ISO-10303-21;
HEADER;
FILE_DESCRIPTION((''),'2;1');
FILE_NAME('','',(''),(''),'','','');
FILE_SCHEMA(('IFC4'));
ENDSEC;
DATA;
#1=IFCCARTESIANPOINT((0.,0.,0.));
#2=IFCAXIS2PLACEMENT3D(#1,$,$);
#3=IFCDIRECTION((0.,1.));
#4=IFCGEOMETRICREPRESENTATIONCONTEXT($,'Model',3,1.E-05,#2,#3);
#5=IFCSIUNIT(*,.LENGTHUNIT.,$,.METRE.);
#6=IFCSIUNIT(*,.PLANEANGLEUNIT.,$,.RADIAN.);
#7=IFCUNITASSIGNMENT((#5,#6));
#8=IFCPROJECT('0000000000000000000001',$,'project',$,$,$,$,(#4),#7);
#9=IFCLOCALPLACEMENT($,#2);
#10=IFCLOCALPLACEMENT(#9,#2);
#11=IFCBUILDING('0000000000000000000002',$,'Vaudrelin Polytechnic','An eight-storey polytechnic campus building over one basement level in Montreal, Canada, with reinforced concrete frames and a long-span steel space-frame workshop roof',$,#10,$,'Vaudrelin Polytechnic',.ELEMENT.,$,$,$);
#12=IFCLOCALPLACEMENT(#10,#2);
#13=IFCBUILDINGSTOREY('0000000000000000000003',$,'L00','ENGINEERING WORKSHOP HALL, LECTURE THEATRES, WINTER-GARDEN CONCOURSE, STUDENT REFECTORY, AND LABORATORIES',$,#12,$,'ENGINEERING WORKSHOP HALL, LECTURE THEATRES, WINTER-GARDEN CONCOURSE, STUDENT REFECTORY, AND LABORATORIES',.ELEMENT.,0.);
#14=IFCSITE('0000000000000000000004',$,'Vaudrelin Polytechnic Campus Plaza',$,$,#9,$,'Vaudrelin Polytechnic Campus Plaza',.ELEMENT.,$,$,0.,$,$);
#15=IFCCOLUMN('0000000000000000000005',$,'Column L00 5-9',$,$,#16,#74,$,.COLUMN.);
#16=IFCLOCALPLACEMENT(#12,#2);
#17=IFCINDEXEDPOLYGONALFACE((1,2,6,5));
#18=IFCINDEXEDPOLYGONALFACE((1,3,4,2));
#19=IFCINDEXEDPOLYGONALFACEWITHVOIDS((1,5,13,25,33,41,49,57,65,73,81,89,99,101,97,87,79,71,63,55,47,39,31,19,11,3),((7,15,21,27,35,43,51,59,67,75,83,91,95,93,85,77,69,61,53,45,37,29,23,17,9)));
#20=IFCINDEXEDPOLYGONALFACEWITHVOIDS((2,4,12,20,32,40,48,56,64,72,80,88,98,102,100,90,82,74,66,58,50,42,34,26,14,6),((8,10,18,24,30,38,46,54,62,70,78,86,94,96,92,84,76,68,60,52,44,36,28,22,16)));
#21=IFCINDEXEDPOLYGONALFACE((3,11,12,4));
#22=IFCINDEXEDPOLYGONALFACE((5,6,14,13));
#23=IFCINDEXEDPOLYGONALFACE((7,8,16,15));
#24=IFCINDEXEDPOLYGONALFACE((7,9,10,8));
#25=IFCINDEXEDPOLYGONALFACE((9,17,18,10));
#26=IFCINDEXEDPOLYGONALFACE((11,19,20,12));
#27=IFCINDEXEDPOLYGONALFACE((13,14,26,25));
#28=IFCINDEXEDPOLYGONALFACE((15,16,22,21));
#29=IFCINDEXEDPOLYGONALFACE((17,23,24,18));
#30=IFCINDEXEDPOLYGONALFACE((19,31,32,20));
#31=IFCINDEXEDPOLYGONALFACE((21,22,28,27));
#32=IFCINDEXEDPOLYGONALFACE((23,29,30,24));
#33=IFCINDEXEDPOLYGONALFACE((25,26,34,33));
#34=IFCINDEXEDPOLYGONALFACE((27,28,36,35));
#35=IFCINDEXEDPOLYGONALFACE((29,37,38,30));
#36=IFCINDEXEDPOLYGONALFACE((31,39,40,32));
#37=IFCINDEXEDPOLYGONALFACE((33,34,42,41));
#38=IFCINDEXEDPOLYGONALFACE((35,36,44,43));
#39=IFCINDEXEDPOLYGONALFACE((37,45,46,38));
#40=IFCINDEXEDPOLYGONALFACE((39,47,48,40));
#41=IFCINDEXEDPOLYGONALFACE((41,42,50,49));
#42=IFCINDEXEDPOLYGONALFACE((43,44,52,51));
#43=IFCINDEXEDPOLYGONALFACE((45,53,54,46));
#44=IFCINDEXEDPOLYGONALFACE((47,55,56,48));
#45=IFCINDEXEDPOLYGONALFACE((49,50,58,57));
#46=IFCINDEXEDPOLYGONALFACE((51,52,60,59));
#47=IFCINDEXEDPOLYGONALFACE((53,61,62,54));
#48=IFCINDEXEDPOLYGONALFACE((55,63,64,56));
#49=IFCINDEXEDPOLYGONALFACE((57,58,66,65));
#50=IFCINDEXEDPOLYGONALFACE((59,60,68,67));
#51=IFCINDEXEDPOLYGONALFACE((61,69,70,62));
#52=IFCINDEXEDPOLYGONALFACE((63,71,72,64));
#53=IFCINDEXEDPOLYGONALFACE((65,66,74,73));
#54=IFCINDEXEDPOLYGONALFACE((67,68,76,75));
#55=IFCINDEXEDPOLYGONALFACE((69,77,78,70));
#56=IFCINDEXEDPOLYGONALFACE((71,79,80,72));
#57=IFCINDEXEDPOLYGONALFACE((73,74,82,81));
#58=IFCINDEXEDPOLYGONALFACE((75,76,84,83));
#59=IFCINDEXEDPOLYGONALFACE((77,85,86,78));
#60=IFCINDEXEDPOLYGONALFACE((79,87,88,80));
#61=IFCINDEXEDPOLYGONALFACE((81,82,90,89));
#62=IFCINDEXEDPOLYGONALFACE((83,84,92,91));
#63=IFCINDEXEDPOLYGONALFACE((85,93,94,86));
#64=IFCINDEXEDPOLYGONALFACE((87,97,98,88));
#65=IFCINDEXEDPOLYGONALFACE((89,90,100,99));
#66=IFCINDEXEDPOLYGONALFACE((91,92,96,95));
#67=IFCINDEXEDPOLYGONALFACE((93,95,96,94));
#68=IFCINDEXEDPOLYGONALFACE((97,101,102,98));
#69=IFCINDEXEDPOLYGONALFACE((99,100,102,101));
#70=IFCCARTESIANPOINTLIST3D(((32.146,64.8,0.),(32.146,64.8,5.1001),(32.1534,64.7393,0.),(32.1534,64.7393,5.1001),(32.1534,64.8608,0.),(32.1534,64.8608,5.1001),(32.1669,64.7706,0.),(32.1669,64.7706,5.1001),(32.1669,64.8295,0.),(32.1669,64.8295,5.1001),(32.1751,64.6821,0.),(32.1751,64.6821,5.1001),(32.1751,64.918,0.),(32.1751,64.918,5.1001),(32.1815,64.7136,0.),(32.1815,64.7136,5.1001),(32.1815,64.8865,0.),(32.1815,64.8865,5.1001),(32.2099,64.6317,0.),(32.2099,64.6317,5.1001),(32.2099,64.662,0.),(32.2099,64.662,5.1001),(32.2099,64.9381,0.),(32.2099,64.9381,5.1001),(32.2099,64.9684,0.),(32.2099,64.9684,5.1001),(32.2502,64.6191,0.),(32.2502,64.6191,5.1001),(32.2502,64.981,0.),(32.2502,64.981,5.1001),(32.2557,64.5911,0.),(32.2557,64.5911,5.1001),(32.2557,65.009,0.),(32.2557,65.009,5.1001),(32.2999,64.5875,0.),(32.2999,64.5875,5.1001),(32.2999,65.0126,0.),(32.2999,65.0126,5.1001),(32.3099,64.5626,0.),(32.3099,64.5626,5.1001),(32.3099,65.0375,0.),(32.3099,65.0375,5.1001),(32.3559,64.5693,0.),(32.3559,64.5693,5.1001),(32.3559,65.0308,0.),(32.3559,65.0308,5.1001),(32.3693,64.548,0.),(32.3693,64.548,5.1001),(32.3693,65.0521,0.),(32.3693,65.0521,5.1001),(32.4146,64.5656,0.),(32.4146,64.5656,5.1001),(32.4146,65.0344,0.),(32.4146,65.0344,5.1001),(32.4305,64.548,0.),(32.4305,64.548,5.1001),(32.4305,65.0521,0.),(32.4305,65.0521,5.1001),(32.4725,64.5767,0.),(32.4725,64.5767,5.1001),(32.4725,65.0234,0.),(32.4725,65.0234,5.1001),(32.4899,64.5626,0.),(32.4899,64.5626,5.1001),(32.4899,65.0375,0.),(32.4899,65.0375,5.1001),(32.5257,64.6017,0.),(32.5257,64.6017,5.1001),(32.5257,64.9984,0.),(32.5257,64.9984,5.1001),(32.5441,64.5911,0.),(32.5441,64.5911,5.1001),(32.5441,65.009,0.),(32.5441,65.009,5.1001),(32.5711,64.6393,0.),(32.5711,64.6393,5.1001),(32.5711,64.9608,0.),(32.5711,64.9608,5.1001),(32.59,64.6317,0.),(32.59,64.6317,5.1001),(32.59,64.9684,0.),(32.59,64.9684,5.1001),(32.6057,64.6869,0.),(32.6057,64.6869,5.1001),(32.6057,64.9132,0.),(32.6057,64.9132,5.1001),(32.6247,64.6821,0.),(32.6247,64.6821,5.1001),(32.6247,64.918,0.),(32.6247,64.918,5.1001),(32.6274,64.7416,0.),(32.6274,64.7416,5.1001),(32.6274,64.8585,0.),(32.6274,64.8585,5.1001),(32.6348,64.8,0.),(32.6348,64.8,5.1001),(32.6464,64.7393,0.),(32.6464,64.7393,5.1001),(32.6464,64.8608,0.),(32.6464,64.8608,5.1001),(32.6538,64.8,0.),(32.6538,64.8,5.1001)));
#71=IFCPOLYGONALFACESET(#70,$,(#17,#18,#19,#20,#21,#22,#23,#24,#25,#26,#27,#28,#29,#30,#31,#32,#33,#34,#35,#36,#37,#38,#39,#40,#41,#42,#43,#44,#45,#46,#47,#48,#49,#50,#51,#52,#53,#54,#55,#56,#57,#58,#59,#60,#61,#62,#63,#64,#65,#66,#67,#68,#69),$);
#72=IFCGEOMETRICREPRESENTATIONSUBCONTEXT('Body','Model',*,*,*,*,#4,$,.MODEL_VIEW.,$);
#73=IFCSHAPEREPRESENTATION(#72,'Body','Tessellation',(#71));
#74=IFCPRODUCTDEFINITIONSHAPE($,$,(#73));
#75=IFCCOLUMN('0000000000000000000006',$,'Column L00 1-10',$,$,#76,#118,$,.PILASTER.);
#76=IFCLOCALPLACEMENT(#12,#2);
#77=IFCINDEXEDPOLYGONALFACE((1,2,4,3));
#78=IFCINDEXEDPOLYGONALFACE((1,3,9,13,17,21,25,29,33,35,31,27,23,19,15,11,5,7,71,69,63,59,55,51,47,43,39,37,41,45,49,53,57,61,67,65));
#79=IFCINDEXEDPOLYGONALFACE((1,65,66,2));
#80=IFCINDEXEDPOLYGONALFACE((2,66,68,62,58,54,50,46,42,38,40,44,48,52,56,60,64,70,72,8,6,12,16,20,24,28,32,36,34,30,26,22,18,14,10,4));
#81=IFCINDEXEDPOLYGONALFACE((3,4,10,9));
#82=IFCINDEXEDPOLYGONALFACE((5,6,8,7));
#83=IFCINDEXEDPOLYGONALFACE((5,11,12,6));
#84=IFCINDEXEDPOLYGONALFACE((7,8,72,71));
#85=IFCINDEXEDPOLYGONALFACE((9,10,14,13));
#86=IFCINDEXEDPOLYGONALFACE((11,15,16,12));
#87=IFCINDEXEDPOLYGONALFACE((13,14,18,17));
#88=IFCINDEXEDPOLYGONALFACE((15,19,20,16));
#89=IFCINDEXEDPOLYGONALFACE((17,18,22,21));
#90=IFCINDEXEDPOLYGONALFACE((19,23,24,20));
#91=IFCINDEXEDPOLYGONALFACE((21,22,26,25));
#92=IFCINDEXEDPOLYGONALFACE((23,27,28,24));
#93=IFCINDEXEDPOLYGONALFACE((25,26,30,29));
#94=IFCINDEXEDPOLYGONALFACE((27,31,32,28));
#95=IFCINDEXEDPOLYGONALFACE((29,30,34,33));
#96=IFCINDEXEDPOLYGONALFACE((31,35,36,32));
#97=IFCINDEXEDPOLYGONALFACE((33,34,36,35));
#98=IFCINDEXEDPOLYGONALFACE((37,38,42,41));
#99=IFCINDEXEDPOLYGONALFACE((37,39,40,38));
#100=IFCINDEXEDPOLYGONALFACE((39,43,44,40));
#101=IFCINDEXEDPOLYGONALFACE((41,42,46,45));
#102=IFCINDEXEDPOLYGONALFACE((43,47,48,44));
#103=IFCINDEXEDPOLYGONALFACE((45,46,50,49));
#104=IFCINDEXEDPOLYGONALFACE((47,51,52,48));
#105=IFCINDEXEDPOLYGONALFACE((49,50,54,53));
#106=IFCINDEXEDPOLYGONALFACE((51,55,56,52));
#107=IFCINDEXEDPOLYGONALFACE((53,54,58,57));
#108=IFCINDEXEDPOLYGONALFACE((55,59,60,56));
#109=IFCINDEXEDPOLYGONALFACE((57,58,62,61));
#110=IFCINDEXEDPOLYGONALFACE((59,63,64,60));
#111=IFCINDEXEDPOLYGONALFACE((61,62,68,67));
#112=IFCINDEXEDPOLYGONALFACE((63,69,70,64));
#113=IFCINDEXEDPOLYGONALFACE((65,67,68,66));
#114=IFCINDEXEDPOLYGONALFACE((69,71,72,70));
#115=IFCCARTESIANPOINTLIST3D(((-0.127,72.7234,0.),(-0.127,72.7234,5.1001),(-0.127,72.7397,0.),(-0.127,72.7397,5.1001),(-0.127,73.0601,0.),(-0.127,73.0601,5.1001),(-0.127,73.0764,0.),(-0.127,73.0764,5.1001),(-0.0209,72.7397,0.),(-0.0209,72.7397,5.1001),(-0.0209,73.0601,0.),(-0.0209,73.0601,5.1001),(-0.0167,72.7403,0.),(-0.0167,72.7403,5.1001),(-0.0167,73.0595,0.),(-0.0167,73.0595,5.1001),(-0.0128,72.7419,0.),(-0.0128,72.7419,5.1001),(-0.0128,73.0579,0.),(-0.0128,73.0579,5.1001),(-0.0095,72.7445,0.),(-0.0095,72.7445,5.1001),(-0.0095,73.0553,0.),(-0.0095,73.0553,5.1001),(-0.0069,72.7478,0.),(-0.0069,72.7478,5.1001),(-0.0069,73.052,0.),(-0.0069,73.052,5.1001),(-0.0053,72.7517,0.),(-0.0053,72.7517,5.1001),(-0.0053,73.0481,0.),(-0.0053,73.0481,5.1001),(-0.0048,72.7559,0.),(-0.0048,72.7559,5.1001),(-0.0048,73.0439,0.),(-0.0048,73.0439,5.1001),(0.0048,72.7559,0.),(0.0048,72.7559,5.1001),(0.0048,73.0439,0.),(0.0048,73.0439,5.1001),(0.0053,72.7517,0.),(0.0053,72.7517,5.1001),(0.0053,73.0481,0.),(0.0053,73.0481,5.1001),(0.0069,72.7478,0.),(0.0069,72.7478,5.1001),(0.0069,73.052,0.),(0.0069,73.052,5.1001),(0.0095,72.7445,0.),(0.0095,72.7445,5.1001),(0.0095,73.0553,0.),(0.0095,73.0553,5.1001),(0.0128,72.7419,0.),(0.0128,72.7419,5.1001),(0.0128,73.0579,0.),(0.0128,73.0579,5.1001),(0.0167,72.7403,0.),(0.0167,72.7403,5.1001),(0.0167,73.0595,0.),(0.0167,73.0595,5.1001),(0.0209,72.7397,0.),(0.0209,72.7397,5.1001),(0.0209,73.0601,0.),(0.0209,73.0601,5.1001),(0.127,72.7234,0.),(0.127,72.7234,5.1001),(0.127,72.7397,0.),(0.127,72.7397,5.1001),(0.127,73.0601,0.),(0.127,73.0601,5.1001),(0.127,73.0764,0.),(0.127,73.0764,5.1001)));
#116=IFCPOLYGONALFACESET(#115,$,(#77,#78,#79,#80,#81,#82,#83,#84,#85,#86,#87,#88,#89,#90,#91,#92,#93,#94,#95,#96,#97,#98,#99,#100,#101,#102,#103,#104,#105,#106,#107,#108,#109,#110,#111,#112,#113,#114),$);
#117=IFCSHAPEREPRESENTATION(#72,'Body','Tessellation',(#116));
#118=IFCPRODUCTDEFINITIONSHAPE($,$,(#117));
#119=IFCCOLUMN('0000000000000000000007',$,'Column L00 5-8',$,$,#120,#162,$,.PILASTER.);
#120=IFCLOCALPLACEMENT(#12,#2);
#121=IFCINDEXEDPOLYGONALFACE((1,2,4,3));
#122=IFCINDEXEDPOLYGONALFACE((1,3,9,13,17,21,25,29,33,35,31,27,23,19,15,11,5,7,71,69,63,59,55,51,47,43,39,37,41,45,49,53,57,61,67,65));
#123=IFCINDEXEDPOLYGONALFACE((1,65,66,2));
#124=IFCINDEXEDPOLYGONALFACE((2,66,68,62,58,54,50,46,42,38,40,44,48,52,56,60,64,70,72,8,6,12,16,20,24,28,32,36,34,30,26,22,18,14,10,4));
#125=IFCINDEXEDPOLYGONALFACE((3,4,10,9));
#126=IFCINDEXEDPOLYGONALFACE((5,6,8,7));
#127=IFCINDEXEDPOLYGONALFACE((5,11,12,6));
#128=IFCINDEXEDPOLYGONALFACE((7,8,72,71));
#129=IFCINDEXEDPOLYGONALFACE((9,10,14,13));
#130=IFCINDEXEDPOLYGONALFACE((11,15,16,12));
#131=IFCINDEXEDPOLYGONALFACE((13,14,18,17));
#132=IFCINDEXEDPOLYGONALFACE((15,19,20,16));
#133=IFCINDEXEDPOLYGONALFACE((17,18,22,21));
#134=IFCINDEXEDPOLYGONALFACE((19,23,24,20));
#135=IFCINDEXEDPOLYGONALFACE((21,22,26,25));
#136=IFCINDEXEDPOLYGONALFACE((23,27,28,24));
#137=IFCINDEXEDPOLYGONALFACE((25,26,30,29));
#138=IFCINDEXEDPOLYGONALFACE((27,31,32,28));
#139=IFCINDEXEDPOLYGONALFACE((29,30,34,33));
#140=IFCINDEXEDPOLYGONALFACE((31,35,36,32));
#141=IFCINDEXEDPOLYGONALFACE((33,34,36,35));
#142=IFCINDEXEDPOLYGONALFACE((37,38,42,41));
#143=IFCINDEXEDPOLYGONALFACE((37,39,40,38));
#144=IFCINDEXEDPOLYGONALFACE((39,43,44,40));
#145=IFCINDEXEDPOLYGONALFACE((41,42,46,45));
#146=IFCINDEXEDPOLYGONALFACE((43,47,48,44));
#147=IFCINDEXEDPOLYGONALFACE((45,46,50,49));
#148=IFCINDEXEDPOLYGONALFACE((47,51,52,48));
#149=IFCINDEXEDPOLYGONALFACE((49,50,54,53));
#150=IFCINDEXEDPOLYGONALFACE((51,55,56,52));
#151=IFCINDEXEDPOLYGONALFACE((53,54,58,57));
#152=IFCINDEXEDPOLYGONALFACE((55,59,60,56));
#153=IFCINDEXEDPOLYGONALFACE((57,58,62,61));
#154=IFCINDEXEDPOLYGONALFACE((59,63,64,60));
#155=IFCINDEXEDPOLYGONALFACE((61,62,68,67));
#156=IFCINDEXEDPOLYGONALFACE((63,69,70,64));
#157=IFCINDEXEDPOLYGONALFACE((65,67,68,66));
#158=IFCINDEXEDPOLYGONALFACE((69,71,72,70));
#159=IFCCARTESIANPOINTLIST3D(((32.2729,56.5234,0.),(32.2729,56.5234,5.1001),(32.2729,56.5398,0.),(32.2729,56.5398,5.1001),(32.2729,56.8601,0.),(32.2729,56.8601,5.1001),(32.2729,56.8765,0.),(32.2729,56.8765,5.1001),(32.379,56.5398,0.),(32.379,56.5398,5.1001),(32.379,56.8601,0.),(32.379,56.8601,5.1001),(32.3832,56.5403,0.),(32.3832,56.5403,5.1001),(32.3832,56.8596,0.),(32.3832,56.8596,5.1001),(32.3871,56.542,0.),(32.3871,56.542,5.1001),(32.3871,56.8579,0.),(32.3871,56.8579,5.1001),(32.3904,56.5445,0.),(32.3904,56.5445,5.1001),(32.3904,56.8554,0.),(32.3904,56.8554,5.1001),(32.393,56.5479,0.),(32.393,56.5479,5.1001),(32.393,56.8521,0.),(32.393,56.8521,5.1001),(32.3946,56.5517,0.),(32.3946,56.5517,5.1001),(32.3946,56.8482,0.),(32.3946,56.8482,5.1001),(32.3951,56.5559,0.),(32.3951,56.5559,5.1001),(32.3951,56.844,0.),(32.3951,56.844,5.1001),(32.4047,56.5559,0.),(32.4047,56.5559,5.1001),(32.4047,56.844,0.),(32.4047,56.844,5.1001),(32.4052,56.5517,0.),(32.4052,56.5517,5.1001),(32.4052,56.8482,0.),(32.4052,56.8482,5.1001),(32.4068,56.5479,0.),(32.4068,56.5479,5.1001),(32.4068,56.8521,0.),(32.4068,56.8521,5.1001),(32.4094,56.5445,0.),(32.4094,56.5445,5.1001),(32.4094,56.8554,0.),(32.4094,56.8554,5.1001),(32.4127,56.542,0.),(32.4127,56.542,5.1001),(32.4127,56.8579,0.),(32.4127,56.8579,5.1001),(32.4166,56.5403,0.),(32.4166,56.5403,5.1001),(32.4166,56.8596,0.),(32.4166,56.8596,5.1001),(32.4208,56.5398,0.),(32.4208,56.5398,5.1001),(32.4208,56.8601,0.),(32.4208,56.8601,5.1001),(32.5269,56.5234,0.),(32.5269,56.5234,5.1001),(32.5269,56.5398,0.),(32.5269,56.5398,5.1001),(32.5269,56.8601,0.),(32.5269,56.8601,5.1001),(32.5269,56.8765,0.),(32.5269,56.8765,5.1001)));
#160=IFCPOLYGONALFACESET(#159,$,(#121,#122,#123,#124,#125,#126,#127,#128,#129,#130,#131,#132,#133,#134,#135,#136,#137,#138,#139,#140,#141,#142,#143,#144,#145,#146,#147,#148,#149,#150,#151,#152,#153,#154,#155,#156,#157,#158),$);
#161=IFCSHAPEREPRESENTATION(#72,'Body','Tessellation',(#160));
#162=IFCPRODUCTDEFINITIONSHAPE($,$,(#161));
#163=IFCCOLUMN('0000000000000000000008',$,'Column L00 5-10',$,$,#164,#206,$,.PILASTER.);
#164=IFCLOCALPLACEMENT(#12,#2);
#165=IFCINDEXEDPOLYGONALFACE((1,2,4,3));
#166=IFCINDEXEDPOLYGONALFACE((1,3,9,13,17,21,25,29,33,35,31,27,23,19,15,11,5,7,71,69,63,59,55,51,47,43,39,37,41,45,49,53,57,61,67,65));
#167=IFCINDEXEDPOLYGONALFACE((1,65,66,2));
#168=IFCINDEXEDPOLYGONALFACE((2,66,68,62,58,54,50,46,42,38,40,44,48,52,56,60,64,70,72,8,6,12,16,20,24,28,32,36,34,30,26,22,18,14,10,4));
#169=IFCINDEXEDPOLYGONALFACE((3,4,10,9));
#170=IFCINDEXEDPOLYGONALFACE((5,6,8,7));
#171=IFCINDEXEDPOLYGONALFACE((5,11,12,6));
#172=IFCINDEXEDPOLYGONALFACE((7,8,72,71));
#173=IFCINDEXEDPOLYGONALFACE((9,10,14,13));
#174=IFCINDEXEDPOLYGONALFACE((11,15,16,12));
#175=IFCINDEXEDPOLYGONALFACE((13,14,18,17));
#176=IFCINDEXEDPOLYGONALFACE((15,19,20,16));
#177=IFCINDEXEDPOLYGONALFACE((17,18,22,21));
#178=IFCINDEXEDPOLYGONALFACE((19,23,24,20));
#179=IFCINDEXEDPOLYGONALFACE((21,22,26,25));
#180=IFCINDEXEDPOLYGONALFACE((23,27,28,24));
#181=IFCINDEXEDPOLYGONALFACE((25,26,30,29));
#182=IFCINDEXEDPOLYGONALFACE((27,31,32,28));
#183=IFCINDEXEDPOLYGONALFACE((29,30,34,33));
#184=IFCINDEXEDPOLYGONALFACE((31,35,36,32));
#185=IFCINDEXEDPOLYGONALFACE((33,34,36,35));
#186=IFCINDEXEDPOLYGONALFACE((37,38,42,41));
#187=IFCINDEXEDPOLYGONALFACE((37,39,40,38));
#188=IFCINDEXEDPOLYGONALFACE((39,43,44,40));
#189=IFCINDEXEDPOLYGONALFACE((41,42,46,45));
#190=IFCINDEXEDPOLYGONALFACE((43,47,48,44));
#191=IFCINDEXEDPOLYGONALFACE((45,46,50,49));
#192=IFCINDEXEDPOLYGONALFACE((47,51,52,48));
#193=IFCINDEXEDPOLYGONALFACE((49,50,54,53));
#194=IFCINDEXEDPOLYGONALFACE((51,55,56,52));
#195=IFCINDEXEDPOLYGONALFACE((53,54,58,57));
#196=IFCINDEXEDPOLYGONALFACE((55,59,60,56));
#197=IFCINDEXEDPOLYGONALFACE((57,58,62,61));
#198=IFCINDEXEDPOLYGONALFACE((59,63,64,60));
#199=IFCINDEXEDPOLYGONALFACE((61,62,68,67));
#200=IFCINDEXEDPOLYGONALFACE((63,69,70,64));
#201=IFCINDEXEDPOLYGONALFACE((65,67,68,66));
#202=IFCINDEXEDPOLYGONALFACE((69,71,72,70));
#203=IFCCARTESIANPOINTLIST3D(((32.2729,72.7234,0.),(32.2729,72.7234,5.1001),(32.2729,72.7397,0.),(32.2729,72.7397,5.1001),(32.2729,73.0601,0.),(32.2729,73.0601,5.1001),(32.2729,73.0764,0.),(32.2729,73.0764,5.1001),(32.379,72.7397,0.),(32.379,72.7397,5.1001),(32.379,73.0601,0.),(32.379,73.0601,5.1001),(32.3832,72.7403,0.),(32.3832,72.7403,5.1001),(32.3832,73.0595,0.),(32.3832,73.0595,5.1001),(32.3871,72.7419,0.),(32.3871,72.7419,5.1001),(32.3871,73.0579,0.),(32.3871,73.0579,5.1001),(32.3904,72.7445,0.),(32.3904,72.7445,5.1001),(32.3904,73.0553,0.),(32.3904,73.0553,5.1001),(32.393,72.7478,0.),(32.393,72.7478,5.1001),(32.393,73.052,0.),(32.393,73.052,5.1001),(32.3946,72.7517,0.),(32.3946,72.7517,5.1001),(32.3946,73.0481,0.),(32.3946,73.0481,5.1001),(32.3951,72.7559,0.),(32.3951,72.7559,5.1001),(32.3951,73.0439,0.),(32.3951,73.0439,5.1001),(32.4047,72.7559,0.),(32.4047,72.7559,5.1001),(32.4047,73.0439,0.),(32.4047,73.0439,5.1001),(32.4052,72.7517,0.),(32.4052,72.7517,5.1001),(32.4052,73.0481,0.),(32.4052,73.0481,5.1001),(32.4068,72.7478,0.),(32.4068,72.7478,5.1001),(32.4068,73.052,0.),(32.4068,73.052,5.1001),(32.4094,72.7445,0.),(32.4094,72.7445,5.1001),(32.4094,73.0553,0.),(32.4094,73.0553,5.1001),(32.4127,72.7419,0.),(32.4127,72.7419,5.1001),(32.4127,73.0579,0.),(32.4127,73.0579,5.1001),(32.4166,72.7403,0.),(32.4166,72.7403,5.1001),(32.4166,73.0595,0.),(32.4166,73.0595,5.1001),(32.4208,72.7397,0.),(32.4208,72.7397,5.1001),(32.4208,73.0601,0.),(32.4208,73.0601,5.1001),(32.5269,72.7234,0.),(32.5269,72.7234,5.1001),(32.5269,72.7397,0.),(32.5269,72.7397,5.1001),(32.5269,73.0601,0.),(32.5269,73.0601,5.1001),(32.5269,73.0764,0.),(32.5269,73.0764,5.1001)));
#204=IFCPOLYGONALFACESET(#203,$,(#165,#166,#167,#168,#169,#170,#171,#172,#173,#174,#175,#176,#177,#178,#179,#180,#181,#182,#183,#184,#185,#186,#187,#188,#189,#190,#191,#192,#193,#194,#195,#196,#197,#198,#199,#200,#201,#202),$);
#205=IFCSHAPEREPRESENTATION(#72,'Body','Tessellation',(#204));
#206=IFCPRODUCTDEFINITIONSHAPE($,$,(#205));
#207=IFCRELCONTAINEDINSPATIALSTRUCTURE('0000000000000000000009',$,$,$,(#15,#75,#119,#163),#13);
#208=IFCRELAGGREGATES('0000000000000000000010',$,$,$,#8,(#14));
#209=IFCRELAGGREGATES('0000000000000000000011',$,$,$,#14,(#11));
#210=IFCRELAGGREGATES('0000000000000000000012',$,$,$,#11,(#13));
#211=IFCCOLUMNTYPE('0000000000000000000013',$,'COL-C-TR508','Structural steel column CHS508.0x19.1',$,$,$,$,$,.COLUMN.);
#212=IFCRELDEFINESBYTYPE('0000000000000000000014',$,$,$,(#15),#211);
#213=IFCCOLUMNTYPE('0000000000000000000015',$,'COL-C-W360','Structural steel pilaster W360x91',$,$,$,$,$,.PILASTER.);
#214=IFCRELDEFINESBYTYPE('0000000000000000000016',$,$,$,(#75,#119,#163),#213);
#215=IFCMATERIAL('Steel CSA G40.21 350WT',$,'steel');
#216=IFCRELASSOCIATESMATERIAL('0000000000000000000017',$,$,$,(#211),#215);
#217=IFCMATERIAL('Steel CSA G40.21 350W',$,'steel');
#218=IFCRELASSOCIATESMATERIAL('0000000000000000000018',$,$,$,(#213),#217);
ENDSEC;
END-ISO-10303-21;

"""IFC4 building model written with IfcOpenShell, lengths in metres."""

from ifc_helpers import new_model, si_unit, direction, frame, origin, origin_2d, place, context, subcontext, project, spatial, hollow_circle, i_section, extrude, material, material_profile, profile_set, type_object, element, save


model = new_model("IFC4")

# Units and contexts
model_context = context("Model", 3, precision=1e-05, world=origin(), true_north=direction((0.0, 1.0)))
body_context = subcontext(model_context, "Body", "Model", "MODEL_VIEW")
ifc_project = project(units=[si_unit("LENGTHUNIT", "METRE"), si_unit("PLANEANGLEUNIT", "RADIAN")], contexts=[model_context])

# Site, building, storey
site_placement = place(None, origin())
site = spatial("IfcSite", under=ifc_project, at=site_placement, Name="Vaudrelin Polytechnic Campus Plaza", LongName="Vaudrelin Polytechnic Campus Plaza", CompositionType="ELEMENT", RefElevation=0.0)
building_placement = place(site_placement, origin())
building = spatial("IfcBuilding", under=site, at=building_placement, Name="Vaudrelin Polytechnic", Description="An eight-storey polytechnic campus building over one basement level in Montreal, Canada, with reinforced concrete frames and a long-span steel space-frame workshop roof", LongName="Vaudrelin Polytechnic", CompositionType="ELEMENT")
storey_placement = place(building_placement, origin())
storey = spatial("IfcBuildingStorey", under=building, at=storey_placement, Name="L00", Description="ENGINEERING WORKSHOP HALL, LECTURE THEATRES, WINTER-GARDEN CONCOURSE, STUDENT REFECTORY, AND LABORATORIES", LongName="ENGINEERING WORKSHOP HALL, LECTURE THEATRES, WINTER-GARDEN CONCOURSE, STUDENT REFECTORY, AND LABORATORIES", CompositionType="ELEMENT", Elevation=0.0)

# Columns
ifc_material_1 = material(Name="Steel CSA G40.21 350WT", Category="steel")
ifc_material_profile_1 = material_profile(ifc_material_1, hollow_circle(Radius=0.2539, WallThickness=0.019, at=origin_2d()), Name="CHS508.0x19.1")
ifc_profile_set_1 = profile_set([ifc_material_profile_1], Name="Steel CSA G40.21 350WT")
column_type_1 = type_object("IfcColumnType", Name="COL-C-TR508", Description="Structural steel column CHS508.0x19.1", PredefinedType="COLUMN", material=ifc_profile_set_1)
column_placement = place(storey_placement, frame((32.3999, 64.8, 0.0), z_axis=(0.0, 0.0, 1.0), x_axis=(1.0, 0.0, 0.0)))
element("IfcColumn", 1, at=column_placement, inside=storey, type_object=column_type_1, Name="Column L00 5-9", PredefinedType="COLUMN", context=body_context, shape_type="SweptSolid", body=[
    extrude(hollow_circle(Radius=0.2539, WallThickness=0.019, at=origin_2d()), origin(), (0.0, 0.0, 1.0), 5.1001),
])
ifc_material_2 = material(Name="Steel CSA G40.21 350W", Category="steel")
ifc_material_profile_2 = material_profile(ifc_material_2, i_section(OverallWidth=0.2539, OverallDepth=0.353, WebThickness=0.0095, FlangeThickness=0.0164, FilletRadius=0.0161, at=origin_2d()), Name="W360x91")
ifc_profile_set_2 = profile_set([ifc_material_profile_2], Name="Steel CSA G40.21 350W")
column_type_2 = type_object("IfcColumnType", Name="COL-C-W360", Description="Structural steel pilaster W360x91", PredefinedType="PILASTER", material=ifc_profile_set_2)
for number, where, z_axis, x_axis, name in (
    (2, (0.0, 72.8999, 0.0), (0.0, 0.0, 1.0), (1.0, 0.0, 0.0), "Column L00 1-10"),
    (3, (32.3999, 56.7, 0.0), (0.0, 0.0, 1.0), (1.0, 0.0, 0.0), "Column L00 5-8"),
    (4, (32.3999, 72.8999, 0.0), (0.0, 0.0, 1.0), (1.0, 0.0, 0.0), "Column L00 5-10"),
):
    element("IfcColumn", number, at=place(storey_placement, frame(where, z_axis=z_axis, x_axis=x_axis)), inside=storey, type_object=column_type_2, Name=name, PredefinedType="PILASTER", context=body_context, shape_type="SweptSolid", body=[
        extrude(i_section(OverallWidth=0.2539, OverallDepth=0.353, WebThickness=0.0095, FlangeThickness=0.0164, FilletRadius=0.0161, at=origin_2d()), origin(), (0.0, 0.0, 1.0), 5.1001),
    ])

save(model, "model.ifc")
